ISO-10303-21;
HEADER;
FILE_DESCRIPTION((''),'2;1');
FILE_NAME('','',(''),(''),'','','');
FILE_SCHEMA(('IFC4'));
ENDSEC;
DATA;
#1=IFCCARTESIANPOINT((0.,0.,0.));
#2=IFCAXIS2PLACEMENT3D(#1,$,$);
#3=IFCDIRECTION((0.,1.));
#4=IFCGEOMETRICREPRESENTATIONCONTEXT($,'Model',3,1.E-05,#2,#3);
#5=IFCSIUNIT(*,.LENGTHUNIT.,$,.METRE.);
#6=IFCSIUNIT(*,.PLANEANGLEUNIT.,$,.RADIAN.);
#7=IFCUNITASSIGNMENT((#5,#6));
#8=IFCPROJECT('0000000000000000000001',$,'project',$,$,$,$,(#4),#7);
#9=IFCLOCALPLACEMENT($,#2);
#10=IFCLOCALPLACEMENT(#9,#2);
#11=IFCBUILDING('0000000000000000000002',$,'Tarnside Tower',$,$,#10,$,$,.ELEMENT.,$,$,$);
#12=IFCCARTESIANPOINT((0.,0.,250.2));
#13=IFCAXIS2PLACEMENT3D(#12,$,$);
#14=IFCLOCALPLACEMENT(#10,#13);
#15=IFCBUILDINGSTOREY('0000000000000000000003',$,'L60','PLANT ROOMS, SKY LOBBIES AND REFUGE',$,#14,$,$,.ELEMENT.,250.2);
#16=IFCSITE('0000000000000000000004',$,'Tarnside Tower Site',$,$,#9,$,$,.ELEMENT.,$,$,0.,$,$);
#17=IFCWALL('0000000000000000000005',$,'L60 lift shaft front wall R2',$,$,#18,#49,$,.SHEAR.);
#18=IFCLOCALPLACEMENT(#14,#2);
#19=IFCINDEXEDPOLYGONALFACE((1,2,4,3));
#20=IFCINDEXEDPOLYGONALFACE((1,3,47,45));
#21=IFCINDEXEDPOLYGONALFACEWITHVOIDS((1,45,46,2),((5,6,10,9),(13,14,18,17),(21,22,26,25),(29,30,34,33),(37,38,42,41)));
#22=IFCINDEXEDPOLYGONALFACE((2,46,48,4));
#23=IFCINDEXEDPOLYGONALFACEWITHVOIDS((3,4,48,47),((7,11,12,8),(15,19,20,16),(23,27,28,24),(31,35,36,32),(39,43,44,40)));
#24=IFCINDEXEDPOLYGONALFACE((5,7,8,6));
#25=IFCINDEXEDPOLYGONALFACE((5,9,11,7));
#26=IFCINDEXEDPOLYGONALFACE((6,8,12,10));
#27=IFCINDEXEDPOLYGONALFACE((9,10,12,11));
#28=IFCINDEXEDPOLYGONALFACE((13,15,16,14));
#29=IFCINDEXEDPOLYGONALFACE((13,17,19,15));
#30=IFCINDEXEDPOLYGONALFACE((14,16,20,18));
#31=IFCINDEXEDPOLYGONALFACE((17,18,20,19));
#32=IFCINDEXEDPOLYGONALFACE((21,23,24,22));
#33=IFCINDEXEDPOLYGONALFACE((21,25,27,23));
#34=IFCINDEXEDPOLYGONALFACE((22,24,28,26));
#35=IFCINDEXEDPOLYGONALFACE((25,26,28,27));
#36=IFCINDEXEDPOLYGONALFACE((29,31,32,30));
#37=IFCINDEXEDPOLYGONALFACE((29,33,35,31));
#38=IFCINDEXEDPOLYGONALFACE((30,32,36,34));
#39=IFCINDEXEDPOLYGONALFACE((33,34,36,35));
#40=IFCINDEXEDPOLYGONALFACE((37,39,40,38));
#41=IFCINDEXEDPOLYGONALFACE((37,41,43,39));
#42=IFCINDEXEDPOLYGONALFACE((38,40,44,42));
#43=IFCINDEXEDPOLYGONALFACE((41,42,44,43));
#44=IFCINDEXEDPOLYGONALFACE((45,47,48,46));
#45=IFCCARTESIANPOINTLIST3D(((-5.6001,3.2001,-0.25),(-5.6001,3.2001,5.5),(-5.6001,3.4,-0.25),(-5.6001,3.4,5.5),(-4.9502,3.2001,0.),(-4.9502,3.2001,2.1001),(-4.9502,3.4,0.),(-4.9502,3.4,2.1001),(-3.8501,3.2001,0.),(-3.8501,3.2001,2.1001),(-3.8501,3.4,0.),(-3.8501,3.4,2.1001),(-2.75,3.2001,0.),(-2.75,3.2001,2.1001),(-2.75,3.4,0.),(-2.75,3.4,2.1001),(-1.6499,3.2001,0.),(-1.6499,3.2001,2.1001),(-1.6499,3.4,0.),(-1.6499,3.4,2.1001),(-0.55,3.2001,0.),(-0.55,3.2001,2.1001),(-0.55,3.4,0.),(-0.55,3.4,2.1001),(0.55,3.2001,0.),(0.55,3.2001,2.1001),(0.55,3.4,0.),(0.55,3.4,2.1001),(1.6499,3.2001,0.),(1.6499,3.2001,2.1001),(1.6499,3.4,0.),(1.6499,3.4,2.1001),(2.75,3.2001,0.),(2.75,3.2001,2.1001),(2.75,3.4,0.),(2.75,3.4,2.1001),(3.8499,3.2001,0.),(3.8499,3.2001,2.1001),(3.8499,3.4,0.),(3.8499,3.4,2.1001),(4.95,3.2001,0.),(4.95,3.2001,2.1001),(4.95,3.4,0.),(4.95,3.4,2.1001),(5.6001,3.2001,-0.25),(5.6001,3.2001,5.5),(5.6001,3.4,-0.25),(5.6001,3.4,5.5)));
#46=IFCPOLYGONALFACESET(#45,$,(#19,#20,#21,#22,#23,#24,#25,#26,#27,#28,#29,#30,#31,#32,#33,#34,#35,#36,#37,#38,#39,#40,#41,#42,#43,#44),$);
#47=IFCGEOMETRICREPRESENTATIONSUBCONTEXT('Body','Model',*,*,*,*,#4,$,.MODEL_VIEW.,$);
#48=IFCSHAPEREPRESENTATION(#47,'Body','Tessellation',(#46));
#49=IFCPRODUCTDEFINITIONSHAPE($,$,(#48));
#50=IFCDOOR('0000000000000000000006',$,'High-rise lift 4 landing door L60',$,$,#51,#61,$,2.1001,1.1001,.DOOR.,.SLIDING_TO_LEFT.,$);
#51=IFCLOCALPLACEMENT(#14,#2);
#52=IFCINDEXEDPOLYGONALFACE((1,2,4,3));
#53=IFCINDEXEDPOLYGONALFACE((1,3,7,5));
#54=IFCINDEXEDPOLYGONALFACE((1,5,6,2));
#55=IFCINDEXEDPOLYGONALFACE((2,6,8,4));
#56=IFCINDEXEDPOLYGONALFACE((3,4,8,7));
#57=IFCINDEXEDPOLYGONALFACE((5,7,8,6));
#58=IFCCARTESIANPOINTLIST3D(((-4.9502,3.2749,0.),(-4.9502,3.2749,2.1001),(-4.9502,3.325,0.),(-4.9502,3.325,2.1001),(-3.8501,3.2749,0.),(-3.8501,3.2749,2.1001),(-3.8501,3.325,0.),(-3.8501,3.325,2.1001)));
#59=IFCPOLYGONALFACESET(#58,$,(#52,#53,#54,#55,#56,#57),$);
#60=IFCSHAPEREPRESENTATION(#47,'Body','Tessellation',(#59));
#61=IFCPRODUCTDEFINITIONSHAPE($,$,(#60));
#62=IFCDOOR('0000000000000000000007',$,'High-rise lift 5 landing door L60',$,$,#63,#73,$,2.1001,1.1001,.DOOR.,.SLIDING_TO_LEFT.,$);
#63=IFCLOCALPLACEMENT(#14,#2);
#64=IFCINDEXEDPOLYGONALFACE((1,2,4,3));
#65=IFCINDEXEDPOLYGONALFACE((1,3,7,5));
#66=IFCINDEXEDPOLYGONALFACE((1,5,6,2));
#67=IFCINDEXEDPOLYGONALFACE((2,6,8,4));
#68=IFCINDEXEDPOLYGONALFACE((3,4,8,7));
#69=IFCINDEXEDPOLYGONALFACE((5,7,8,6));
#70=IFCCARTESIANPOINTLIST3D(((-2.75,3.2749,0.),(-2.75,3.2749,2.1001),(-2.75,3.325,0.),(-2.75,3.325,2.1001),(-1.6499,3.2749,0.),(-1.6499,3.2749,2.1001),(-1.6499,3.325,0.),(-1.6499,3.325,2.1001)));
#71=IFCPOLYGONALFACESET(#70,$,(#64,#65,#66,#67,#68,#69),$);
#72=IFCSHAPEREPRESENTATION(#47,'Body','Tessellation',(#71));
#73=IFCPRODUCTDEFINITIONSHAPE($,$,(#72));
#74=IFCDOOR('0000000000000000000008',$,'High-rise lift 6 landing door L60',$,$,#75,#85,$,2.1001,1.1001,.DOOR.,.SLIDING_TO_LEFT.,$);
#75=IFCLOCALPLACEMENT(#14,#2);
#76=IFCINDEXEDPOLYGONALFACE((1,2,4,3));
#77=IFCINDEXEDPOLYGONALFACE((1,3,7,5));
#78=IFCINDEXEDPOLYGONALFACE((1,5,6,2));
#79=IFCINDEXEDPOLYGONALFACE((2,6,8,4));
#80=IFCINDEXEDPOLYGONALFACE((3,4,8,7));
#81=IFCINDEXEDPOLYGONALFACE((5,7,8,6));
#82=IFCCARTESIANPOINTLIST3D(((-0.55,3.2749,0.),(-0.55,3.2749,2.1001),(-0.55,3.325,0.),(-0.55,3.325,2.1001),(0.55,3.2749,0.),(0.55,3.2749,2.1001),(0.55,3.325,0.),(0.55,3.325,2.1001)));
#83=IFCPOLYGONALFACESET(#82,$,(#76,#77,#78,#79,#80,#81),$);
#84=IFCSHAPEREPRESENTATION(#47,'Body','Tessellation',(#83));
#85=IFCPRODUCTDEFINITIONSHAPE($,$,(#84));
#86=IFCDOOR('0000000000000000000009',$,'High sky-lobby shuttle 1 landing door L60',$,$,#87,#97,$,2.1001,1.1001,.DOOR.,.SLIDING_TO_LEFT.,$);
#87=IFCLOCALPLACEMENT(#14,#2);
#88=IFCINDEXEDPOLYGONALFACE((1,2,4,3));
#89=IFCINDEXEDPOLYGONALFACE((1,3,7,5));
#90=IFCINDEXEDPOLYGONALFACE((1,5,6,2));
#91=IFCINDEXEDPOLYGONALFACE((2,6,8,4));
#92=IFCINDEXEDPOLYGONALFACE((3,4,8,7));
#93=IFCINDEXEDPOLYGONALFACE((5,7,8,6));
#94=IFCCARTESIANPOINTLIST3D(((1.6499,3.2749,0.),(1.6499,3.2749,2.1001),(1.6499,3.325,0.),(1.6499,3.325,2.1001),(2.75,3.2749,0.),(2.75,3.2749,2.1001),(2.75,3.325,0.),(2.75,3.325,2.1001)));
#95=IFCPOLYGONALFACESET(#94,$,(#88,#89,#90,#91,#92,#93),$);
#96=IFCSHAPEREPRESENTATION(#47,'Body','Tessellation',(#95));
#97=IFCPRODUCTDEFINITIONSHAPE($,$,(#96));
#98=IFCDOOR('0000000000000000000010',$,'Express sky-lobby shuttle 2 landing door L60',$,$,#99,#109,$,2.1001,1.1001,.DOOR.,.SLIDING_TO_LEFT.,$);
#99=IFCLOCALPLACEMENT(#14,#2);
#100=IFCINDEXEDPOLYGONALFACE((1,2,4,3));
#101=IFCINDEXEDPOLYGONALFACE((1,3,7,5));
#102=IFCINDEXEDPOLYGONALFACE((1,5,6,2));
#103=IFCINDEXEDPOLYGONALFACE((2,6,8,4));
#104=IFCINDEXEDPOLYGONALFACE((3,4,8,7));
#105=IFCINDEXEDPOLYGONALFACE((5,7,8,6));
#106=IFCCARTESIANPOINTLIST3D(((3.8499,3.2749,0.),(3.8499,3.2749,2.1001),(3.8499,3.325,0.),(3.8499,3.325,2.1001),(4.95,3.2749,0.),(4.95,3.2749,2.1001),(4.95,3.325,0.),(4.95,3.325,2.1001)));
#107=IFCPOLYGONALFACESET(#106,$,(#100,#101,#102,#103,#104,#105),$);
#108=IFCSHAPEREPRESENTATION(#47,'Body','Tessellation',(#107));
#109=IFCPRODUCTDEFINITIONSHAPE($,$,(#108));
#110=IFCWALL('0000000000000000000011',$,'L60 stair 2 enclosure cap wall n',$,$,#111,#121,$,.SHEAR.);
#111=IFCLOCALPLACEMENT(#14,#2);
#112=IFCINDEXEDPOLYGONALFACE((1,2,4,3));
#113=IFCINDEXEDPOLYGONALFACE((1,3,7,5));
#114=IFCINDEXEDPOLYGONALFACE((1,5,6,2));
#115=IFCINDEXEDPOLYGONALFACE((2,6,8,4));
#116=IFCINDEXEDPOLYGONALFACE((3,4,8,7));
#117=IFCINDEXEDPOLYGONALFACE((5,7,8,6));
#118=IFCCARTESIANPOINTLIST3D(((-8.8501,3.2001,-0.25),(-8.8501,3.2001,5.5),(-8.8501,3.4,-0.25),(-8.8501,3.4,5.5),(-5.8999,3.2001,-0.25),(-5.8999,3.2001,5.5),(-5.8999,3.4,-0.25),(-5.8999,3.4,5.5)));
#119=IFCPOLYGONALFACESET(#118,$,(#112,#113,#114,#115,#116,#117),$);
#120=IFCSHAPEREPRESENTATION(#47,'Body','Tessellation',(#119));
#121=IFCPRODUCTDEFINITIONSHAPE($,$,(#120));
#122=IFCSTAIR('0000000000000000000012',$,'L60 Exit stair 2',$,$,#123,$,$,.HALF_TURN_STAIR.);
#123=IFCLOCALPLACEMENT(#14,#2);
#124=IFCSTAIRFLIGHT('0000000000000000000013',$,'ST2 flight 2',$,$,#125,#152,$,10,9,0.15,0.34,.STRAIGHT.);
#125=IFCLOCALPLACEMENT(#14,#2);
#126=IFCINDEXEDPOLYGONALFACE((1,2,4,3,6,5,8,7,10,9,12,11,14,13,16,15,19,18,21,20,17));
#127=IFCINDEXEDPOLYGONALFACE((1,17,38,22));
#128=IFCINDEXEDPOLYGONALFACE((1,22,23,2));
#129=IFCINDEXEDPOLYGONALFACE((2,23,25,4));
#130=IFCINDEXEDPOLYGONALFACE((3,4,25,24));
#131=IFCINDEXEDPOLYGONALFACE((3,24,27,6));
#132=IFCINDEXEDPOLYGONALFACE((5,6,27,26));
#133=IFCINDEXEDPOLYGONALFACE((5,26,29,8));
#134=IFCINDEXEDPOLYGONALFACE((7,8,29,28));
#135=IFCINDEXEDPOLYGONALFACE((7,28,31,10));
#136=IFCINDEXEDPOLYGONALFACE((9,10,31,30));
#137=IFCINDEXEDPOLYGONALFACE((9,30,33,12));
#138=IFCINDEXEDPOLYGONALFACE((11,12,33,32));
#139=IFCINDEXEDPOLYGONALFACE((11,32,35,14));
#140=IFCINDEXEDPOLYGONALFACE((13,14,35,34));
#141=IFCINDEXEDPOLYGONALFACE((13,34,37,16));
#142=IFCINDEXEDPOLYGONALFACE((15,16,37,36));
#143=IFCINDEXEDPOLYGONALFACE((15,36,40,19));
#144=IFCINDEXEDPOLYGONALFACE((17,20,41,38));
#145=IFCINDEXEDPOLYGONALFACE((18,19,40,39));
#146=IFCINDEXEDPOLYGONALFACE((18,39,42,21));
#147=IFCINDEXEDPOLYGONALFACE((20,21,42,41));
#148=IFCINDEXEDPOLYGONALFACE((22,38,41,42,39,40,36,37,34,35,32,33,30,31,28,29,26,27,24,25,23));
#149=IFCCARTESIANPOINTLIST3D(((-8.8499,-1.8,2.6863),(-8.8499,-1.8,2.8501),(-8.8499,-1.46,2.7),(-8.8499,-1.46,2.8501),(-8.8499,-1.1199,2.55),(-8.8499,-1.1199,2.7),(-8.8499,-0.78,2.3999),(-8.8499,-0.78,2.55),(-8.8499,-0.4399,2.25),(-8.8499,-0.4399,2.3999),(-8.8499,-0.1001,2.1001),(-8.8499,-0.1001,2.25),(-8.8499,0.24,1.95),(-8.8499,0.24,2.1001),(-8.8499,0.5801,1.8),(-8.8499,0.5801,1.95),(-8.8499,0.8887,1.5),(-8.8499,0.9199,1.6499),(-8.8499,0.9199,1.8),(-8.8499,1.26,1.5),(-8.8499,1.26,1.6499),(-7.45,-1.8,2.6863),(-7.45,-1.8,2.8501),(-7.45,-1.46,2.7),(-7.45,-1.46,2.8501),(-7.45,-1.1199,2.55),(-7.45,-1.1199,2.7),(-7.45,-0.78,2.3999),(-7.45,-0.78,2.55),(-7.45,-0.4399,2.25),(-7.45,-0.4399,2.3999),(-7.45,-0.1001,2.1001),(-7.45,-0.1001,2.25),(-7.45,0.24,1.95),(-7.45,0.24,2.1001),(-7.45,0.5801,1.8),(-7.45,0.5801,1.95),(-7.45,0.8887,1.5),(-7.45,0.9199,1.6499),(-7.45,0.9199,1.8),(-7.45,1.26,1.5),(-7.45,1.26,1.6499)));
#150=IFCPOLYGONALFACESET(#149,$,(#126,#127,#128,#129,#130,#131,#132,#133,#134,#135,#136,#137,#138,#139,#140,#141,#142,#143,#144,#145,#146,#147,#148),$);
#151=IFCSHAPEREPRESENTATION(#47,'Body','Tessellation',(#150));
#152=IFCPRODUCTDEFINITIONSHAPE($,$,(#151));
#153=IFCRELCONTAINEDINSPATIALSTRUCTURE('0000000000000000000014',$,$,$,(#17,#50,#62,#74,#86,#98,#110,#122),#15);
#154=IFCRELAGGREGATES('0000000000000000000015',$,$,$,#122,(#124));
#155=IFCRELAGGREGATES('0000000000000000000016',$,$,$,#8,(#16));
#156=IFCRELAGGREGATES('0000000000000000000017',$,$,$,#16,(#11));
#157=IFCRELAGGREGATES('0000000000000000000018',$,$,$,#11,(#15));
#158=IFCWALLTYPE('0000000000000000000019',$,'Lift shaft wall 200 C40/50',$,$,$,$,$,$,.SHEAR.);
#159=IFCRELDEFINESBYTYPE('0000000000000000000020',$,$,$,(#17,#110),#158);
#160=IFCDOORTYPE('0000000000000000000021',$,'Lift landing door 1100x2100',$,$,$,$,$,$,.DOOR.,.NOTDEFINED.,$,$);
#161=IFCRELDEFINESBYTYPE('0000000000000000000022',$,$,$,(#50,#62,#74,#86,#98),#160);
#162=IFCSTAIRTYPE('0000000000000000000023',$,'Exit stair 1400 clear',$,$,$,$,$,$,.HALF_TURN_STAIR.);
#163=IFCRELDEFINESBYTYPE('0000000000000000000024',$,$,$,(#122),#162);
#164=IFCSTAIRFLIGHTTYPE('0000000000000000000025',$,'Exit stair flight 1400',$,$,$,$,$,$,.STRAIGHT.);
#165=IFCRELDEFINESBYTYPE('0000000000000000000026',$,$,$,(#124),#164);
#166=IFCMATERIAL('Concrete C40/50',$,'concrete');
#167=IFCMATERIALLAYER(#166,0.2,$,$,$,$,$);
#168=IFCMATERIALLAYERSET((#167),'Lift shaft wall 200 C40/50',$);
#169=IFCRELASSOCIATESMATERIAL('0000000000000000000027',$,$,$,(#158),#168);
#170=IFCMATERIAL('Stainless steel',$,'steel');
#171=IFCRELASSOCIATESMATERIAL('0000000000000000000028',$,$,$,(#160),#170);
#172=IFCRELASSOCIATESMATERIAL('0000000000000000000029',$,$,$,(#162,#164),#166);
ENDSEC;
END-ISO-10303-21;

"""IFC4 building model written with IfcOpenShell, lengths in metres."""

from ifc_helpers import new_model, si_unit, direction, frame, frame_2d, origin, place, context, subcontext, project, spatial, polyline, rectangle, outline, extrude, material, layer, layer_set, type_object, element, fill, aggregate, save


model = new_model("IFC4")

# Units and contexts
model_context = context("Model", 3, precision=1e-05, world=origin(), true_north=direction((0.0, 1.0)))
body_context = subcontext(model_context, "Body", "Model", "MODEL_VIEW")
ifc_project = project(units=[si_unit("LENGTHUNIT", "METRE"), si_unit("PLANEANGLEUNIT", "RADIAN")], contexts=[model_context])

# Site, building, storey
site_placement = place(None, origin())
site = spatial("IfcSite", under=ifc_project, at=site_placement, Name="Tarnside Tower Site", CompositionType="ELEMENT", RefElevation=0.0)
building_placement = place(site_placement, origin())
building = spatial("IfcBuilding", under=site, at=building_placement, Name="Tarnside Tower", CompositionType="ELEMENT")
storey_placement = place(building_placement, frame((0.0, 0.0, 250.2)))
storey = spatial("IfcBuildingStorey", under=building, at=storey_placement, Name="L60", Description="PLANT ROOMS, SKY LOBBIES AND REFUGE", CompositionType="ELEMENT", Elevation=250.2)

# Shared definitions
ifc_material_1 = material(Name="Concrete C40/50", Category="concrete")
ifc_layer = layer(ifc_material_1, 0.2)
ifc_layer_set = layer_set([ifc_layer], Name="Lift shaft wall 200 C40/50")
wall_type = type_object("IfcWallType", Name="Lift shaft wall 200 C40/50", PredefinedType="SHEAR", material=ifc_layer_set)
ifc_material_2 = material(Name="Stainless steel", Category="steel")
door_type_1 = type_object("IfcDoorType", Name="Lift landing door 1100x2100", OperationType="NOTDEFINED", PredefinedType="DOOR", material=ifc_material_2)

# Wall, openings, doors
wall_1_placement = place(storey_placement, frame((-5.6001, 3.3, -0.25), z_axis=(0.0, 0.0, 1.0), x_axis=(1.0, 0.0, 0.0)))
wall_1 = element("IfcWall", 1, at=wall_1_placement, inside=storey, type_object=wall_type, Name="L60 lift shaft front wall R2", PredefinedType="SHEAR", context=body_context, shape_type="SweptSolid", body=[
    extrude(rectangle(XDim=11.2002, YDim=0.2, at=frame_2d((5.6001, 0.0))), origin(), (0.0, 0.0, 1.0), 5.75),
])
opening_1_placement = place(wall_1_placement, frame((0.6499, 0.0, 0.25)))
opening_1 = element("IfcOpeningElement", 2, at=opening_1_placement, cuts=wall_1, PredefinedType="OPENING", context=body_context, shape_type="SweptSolid", body=[
    extrude(rectangle(XDim=1.1001, YDim=2.1001, at=frame_2d((0.55, 1.05))), frame((0.0, 0.1099, 0.0), z_axis=(0.0, -1.0, 0.0), x_axis=(1.0, 0.0, 0.0)), (0.0, 0.0, 1.0), 0.22),
])
opening_2_placement = place(wall_1_placement, frame((2.8501, 0.0, 0.25)))
opening_2 = element("IfcOpeningElement", 3, at=opening_2_placement, cuts=wall_1, PredefinedType="OPENING", context=body_context, shape_type="SweptSolid", body=[
    extrude(rectangle(XDim=1.1001, YDim=2.1001, at=frame_2d((0.55, 1.05))), frame((0.0, 0.1099, 0.0), z_axis=(0.0, -1.0, 0.0), x_axis=(1.0, 0.0, 0.0)), (0.0, 0.0, 1.0), 0.22),
])
opening_3_placement = place(wall_1_placement, frame((5.05, 0.0, 0.25)))
opening_3 = element("IfcOpeningElement", 4, at=opening_3_placement, cuts=wall_1, PredefinedType="OPENING", context=body_context, shape_type="SweptSolid", body=[
    extrude(rectangle(XDim=1.1001, YDim=2.1001, at=frame_2d((0.55, 1.05))), frame((0.0, 0.1099, 0.0), z_axis=(0.0, -1.0, 0.0), x_axis=(1.0, 0.0, 0.0)), (0.0, 0.0, 1.0), 0.22),
])
opening_4_placement = place(wall_1_placement, frame((7.25, 0.0, 0.25)))
opening_4 = element("IfcOpeningElement", 5, at=opening_4_placement, cuts=wall_1, PredefinedType="OPENING", context=body_context, shape_type="SweptSolid", body=[
    extrude(rectangle(XDim=1.1001, YDim=2.1001, at=frame_2d((0.55, 1.05))), frame((0.0, 0.1099, 0.0), z_axis=(0.0, -1.0, 0.0), x_axis=(1.0, 0.0, 0.0)), (0.0, 0.0, 1.0), 0.22),
])
opening_5_placement = place(wall_1_placement, frame((9.45, 0.0, 0.25)))
opening_5 = element("IfcOpeningElement", 6, at=opening_5_placement, cuts=wall_1, PredefinedType="OPENING", context=body_context, shape_type="SweptSolid", body=[
    extrude(rectangle(XDim=1.1001, YDim=2.1001, at=frame_2d((0.55, 1.05))), frame((0.0, 0.1099, 0.0), z_axis=(0.0, -1.0, 0.0), x_axis=(1.0, 0.0, 0.0)), (0.0, 0.0, 1.0), 0.22),
])
door_1_placement = place(opening_1_placement, origin())
door_1 = element("IfcDoor", 7, at=door_1_placement, inside=storey, type_object=door_type_1, Name="High-rise lift 4 landing door L60", OperationType="SLIDING_TO_LEFT", OverallHeight=2.1001, OverallWidth=1.1001, PredefinedType="DOOR", context=body_context, shape_type="SweptSolid", body=[
    extrude(rectangle(XDim=1.1001, YDim=2.1001, at=frame_2d((0.55, 1.05))), frame((0.0, 0.0249, 0.0), z_axis=(0.0, -1.0, 0.0), x_axis=(1.0, 0.0, 0.0)), (0.0, 0.0, 1.0), 0.05),
])
fill(opening_1, door_1)
door_2_placement = place(opening_2_placement, origin())
door_2 = element("IfcDoor", 8, at=door_2_placement, inside=storey, type_object=door_type_1, Name="High-rise lift 5 landing door L60", OperationType="SLIDING_TO_LEFT", OverallHeight=2.1001, OverallWidth=1.1001, PredefinedType="DOOR", context=body_context, shape_type="SweptSolid", body=[
    extrude(rectangle(XDim=1.1001, YDim=2.1001, at=frame_2d((0.55, 1.05))), frame((0.0, 0.0249, 0.0), z_axis=(0.0, -1.0, 0.0), x_axis=(1.0, 0.0, 0.0)), (0.0, 0.0, 1.0), 0.05),
])
fill(opening_2, door_2)
door_3_placement = place(opening_3_placement, origin())
door_3 = element("IfcDoor", 9, at=door_3_placement, inside=storey, type_object=door_type_1, Name="High-rise lift 6 landing door L60", OperationType="SLIDING_TO_LEFT", OverallHeight=2.1001, OverallWidth=1.1001, PredefinedType="DOOR", context=body_context, shape_type="SweptSolid", body=[
    extrude(rectangle(XDim=1.1001, YDim=2.1001, at=frame_2d((0.55, 1.05))), frame((0.0, 0.0249, 0.0), z_axis=(0.0, -1.0, 0.0), x_axis=(1.0, 0.0, 0.0)), (0.0, 0.0, 1.0), 0.05),
])
fill(opening_3, door_3)
door_4_placement = place(opening_4_placement, origin())
door_4 = element("IfcDoor", 10, at=door_4_placement, inside=storey, type_object=door_type_1, Name="High sky-lobby shuttle 1 landing door L60", OperationType="SLIDING_TO_LEFT", OverallHeight=2.1001, OverallWidth=1.1001, PredefinedType="DOOR", context=body_context, shape_type="SweptSolid", body=[
    extrude(rectangle(XDim=1.1001, YDim=2.1001, at=frame_2d((0.55, 1.05))), frame((0.0, 0.0249, 0.0), z_axis=(0.0, -1.0, 0.0), x_axis=(1.0, 0.0, 0.0)), (0.0, 0.0, 1.0), 0.05),
])
fill(opening_4, door_4)
door_5_placement = place(opening_5_placement, origin())
door_5 = element("IfcDoor", 11, at=door_5_placement, inside=storey, type_object=door_type_1, Name="Express sky-lobby shuttle 2 landing door L60", OperationType="SLIDING_TO_LEFT", OverallHeight=2.1001, OverallWidth=1.1001, PredefinedType="DOOR", context=body_context, shape_type="SweptSolid", body=[
    extrude(rectangle(XDim=1.1001, YDim=2.1001, at=frame_2d((0.55, 1.05))), frame((0.0, 0.0249, 0.0), z_axis=(0.0, -1.0, 0.0), x_axis=(1.0, 0.0, 0.0)), (0.0, 0.0, 1.0), 0.05),
])
fill(opening_5, door_5)

# Wall
wall_2_placement = place(storey_placement, frame((-8.8501, 3.3, -0.25), z_axis=(0.0, 0.0, 1.0), x_axis=(1.0, 0.0, 0.0)))
element("IfcWall", 12, at=wall_2_placement, inside=storey, type_object=wall_type, Name="L60 stair 2 enclosure cap wall n", PredefinedType="SHEAR", context=body_context, shape_type="SweptSolid", body=[
    extrude(rectangle(XDim=2.9502, YDim=0.2, at=frame_2d((1.4751, 0.0))), origin(), (0.0, 0.0, 1.0), 5.75),
])

# Stair, stair flight
stair_type = type_object("IfcStairType", Name="Exit stair 1400 clear", PredefinedType="HALF_TURN_STAIR", material=ifc_material_1)
stair_placement = place(storey_placement, origin())
stair = element("IfcStair", 13, at=stair_placement, inside=storey, type_object=stair_type, Name="L60 Exit stair 2", PredefinedType="HALF_TURN_STAIR")
stair_flight_type = type_object("IfcStairFlightType", Name="Exit stair flight 1400", PredefinedType="STRAIGHT", material=ifc_material_1)
stair_flight_1_placement = place(storey_placement, frame((-8.1499, 1.26, 1.5), z_axis=(0.0, 0.0, 1.0), x_axis=(0.0, -1.0, 0.0)))
stair_flight_1 = element("IfcStairFlight", 14, at=stair_flight_1_placement, type_object=stair_flight_type, Name="ST2 flight 2", NumberOfRisers=10, NumberOfTreads=9, PredefinedType="STRAIGHT", RiserHeight=0.15, TreadLength=0.34, context=body_context, shape_type="SweptSolid", body=[
    extrude(outline(polyline([(0.0, 0.0), (0.0, 0.1499), (0.3401, 0.1499), (0.3401, 0.3), (0.6799, 0.3), (0.6799, 0.45), (1.02, 0.45), (1.02, 0.6001), (1.3601, 0.6001), (1.3601, 0.75), (1.7, 0.75), (1.7, 0.8999), (2.04, 0.8999), (2.04, 1.05), (2.3799, 1.05), (2.3799, 1.2), (2.72, 1.2), (2.72, 1.3501), (3.0601, 1.3501), (3.0601, 1.5), (3.0601, 1.1863), (0.3713, 0.0), (0.0, 0.0)])), frame((0.0, 0.7, 0.0), z_axis=(0.0, -1.0, 0.0), x_axis=(1.0, 0.0, 0.0)), (0.0, 0.0, 1.0), 1.3999),
])
aggregate(stair, [stair_flight_1])

save(model, "model.ifc")
